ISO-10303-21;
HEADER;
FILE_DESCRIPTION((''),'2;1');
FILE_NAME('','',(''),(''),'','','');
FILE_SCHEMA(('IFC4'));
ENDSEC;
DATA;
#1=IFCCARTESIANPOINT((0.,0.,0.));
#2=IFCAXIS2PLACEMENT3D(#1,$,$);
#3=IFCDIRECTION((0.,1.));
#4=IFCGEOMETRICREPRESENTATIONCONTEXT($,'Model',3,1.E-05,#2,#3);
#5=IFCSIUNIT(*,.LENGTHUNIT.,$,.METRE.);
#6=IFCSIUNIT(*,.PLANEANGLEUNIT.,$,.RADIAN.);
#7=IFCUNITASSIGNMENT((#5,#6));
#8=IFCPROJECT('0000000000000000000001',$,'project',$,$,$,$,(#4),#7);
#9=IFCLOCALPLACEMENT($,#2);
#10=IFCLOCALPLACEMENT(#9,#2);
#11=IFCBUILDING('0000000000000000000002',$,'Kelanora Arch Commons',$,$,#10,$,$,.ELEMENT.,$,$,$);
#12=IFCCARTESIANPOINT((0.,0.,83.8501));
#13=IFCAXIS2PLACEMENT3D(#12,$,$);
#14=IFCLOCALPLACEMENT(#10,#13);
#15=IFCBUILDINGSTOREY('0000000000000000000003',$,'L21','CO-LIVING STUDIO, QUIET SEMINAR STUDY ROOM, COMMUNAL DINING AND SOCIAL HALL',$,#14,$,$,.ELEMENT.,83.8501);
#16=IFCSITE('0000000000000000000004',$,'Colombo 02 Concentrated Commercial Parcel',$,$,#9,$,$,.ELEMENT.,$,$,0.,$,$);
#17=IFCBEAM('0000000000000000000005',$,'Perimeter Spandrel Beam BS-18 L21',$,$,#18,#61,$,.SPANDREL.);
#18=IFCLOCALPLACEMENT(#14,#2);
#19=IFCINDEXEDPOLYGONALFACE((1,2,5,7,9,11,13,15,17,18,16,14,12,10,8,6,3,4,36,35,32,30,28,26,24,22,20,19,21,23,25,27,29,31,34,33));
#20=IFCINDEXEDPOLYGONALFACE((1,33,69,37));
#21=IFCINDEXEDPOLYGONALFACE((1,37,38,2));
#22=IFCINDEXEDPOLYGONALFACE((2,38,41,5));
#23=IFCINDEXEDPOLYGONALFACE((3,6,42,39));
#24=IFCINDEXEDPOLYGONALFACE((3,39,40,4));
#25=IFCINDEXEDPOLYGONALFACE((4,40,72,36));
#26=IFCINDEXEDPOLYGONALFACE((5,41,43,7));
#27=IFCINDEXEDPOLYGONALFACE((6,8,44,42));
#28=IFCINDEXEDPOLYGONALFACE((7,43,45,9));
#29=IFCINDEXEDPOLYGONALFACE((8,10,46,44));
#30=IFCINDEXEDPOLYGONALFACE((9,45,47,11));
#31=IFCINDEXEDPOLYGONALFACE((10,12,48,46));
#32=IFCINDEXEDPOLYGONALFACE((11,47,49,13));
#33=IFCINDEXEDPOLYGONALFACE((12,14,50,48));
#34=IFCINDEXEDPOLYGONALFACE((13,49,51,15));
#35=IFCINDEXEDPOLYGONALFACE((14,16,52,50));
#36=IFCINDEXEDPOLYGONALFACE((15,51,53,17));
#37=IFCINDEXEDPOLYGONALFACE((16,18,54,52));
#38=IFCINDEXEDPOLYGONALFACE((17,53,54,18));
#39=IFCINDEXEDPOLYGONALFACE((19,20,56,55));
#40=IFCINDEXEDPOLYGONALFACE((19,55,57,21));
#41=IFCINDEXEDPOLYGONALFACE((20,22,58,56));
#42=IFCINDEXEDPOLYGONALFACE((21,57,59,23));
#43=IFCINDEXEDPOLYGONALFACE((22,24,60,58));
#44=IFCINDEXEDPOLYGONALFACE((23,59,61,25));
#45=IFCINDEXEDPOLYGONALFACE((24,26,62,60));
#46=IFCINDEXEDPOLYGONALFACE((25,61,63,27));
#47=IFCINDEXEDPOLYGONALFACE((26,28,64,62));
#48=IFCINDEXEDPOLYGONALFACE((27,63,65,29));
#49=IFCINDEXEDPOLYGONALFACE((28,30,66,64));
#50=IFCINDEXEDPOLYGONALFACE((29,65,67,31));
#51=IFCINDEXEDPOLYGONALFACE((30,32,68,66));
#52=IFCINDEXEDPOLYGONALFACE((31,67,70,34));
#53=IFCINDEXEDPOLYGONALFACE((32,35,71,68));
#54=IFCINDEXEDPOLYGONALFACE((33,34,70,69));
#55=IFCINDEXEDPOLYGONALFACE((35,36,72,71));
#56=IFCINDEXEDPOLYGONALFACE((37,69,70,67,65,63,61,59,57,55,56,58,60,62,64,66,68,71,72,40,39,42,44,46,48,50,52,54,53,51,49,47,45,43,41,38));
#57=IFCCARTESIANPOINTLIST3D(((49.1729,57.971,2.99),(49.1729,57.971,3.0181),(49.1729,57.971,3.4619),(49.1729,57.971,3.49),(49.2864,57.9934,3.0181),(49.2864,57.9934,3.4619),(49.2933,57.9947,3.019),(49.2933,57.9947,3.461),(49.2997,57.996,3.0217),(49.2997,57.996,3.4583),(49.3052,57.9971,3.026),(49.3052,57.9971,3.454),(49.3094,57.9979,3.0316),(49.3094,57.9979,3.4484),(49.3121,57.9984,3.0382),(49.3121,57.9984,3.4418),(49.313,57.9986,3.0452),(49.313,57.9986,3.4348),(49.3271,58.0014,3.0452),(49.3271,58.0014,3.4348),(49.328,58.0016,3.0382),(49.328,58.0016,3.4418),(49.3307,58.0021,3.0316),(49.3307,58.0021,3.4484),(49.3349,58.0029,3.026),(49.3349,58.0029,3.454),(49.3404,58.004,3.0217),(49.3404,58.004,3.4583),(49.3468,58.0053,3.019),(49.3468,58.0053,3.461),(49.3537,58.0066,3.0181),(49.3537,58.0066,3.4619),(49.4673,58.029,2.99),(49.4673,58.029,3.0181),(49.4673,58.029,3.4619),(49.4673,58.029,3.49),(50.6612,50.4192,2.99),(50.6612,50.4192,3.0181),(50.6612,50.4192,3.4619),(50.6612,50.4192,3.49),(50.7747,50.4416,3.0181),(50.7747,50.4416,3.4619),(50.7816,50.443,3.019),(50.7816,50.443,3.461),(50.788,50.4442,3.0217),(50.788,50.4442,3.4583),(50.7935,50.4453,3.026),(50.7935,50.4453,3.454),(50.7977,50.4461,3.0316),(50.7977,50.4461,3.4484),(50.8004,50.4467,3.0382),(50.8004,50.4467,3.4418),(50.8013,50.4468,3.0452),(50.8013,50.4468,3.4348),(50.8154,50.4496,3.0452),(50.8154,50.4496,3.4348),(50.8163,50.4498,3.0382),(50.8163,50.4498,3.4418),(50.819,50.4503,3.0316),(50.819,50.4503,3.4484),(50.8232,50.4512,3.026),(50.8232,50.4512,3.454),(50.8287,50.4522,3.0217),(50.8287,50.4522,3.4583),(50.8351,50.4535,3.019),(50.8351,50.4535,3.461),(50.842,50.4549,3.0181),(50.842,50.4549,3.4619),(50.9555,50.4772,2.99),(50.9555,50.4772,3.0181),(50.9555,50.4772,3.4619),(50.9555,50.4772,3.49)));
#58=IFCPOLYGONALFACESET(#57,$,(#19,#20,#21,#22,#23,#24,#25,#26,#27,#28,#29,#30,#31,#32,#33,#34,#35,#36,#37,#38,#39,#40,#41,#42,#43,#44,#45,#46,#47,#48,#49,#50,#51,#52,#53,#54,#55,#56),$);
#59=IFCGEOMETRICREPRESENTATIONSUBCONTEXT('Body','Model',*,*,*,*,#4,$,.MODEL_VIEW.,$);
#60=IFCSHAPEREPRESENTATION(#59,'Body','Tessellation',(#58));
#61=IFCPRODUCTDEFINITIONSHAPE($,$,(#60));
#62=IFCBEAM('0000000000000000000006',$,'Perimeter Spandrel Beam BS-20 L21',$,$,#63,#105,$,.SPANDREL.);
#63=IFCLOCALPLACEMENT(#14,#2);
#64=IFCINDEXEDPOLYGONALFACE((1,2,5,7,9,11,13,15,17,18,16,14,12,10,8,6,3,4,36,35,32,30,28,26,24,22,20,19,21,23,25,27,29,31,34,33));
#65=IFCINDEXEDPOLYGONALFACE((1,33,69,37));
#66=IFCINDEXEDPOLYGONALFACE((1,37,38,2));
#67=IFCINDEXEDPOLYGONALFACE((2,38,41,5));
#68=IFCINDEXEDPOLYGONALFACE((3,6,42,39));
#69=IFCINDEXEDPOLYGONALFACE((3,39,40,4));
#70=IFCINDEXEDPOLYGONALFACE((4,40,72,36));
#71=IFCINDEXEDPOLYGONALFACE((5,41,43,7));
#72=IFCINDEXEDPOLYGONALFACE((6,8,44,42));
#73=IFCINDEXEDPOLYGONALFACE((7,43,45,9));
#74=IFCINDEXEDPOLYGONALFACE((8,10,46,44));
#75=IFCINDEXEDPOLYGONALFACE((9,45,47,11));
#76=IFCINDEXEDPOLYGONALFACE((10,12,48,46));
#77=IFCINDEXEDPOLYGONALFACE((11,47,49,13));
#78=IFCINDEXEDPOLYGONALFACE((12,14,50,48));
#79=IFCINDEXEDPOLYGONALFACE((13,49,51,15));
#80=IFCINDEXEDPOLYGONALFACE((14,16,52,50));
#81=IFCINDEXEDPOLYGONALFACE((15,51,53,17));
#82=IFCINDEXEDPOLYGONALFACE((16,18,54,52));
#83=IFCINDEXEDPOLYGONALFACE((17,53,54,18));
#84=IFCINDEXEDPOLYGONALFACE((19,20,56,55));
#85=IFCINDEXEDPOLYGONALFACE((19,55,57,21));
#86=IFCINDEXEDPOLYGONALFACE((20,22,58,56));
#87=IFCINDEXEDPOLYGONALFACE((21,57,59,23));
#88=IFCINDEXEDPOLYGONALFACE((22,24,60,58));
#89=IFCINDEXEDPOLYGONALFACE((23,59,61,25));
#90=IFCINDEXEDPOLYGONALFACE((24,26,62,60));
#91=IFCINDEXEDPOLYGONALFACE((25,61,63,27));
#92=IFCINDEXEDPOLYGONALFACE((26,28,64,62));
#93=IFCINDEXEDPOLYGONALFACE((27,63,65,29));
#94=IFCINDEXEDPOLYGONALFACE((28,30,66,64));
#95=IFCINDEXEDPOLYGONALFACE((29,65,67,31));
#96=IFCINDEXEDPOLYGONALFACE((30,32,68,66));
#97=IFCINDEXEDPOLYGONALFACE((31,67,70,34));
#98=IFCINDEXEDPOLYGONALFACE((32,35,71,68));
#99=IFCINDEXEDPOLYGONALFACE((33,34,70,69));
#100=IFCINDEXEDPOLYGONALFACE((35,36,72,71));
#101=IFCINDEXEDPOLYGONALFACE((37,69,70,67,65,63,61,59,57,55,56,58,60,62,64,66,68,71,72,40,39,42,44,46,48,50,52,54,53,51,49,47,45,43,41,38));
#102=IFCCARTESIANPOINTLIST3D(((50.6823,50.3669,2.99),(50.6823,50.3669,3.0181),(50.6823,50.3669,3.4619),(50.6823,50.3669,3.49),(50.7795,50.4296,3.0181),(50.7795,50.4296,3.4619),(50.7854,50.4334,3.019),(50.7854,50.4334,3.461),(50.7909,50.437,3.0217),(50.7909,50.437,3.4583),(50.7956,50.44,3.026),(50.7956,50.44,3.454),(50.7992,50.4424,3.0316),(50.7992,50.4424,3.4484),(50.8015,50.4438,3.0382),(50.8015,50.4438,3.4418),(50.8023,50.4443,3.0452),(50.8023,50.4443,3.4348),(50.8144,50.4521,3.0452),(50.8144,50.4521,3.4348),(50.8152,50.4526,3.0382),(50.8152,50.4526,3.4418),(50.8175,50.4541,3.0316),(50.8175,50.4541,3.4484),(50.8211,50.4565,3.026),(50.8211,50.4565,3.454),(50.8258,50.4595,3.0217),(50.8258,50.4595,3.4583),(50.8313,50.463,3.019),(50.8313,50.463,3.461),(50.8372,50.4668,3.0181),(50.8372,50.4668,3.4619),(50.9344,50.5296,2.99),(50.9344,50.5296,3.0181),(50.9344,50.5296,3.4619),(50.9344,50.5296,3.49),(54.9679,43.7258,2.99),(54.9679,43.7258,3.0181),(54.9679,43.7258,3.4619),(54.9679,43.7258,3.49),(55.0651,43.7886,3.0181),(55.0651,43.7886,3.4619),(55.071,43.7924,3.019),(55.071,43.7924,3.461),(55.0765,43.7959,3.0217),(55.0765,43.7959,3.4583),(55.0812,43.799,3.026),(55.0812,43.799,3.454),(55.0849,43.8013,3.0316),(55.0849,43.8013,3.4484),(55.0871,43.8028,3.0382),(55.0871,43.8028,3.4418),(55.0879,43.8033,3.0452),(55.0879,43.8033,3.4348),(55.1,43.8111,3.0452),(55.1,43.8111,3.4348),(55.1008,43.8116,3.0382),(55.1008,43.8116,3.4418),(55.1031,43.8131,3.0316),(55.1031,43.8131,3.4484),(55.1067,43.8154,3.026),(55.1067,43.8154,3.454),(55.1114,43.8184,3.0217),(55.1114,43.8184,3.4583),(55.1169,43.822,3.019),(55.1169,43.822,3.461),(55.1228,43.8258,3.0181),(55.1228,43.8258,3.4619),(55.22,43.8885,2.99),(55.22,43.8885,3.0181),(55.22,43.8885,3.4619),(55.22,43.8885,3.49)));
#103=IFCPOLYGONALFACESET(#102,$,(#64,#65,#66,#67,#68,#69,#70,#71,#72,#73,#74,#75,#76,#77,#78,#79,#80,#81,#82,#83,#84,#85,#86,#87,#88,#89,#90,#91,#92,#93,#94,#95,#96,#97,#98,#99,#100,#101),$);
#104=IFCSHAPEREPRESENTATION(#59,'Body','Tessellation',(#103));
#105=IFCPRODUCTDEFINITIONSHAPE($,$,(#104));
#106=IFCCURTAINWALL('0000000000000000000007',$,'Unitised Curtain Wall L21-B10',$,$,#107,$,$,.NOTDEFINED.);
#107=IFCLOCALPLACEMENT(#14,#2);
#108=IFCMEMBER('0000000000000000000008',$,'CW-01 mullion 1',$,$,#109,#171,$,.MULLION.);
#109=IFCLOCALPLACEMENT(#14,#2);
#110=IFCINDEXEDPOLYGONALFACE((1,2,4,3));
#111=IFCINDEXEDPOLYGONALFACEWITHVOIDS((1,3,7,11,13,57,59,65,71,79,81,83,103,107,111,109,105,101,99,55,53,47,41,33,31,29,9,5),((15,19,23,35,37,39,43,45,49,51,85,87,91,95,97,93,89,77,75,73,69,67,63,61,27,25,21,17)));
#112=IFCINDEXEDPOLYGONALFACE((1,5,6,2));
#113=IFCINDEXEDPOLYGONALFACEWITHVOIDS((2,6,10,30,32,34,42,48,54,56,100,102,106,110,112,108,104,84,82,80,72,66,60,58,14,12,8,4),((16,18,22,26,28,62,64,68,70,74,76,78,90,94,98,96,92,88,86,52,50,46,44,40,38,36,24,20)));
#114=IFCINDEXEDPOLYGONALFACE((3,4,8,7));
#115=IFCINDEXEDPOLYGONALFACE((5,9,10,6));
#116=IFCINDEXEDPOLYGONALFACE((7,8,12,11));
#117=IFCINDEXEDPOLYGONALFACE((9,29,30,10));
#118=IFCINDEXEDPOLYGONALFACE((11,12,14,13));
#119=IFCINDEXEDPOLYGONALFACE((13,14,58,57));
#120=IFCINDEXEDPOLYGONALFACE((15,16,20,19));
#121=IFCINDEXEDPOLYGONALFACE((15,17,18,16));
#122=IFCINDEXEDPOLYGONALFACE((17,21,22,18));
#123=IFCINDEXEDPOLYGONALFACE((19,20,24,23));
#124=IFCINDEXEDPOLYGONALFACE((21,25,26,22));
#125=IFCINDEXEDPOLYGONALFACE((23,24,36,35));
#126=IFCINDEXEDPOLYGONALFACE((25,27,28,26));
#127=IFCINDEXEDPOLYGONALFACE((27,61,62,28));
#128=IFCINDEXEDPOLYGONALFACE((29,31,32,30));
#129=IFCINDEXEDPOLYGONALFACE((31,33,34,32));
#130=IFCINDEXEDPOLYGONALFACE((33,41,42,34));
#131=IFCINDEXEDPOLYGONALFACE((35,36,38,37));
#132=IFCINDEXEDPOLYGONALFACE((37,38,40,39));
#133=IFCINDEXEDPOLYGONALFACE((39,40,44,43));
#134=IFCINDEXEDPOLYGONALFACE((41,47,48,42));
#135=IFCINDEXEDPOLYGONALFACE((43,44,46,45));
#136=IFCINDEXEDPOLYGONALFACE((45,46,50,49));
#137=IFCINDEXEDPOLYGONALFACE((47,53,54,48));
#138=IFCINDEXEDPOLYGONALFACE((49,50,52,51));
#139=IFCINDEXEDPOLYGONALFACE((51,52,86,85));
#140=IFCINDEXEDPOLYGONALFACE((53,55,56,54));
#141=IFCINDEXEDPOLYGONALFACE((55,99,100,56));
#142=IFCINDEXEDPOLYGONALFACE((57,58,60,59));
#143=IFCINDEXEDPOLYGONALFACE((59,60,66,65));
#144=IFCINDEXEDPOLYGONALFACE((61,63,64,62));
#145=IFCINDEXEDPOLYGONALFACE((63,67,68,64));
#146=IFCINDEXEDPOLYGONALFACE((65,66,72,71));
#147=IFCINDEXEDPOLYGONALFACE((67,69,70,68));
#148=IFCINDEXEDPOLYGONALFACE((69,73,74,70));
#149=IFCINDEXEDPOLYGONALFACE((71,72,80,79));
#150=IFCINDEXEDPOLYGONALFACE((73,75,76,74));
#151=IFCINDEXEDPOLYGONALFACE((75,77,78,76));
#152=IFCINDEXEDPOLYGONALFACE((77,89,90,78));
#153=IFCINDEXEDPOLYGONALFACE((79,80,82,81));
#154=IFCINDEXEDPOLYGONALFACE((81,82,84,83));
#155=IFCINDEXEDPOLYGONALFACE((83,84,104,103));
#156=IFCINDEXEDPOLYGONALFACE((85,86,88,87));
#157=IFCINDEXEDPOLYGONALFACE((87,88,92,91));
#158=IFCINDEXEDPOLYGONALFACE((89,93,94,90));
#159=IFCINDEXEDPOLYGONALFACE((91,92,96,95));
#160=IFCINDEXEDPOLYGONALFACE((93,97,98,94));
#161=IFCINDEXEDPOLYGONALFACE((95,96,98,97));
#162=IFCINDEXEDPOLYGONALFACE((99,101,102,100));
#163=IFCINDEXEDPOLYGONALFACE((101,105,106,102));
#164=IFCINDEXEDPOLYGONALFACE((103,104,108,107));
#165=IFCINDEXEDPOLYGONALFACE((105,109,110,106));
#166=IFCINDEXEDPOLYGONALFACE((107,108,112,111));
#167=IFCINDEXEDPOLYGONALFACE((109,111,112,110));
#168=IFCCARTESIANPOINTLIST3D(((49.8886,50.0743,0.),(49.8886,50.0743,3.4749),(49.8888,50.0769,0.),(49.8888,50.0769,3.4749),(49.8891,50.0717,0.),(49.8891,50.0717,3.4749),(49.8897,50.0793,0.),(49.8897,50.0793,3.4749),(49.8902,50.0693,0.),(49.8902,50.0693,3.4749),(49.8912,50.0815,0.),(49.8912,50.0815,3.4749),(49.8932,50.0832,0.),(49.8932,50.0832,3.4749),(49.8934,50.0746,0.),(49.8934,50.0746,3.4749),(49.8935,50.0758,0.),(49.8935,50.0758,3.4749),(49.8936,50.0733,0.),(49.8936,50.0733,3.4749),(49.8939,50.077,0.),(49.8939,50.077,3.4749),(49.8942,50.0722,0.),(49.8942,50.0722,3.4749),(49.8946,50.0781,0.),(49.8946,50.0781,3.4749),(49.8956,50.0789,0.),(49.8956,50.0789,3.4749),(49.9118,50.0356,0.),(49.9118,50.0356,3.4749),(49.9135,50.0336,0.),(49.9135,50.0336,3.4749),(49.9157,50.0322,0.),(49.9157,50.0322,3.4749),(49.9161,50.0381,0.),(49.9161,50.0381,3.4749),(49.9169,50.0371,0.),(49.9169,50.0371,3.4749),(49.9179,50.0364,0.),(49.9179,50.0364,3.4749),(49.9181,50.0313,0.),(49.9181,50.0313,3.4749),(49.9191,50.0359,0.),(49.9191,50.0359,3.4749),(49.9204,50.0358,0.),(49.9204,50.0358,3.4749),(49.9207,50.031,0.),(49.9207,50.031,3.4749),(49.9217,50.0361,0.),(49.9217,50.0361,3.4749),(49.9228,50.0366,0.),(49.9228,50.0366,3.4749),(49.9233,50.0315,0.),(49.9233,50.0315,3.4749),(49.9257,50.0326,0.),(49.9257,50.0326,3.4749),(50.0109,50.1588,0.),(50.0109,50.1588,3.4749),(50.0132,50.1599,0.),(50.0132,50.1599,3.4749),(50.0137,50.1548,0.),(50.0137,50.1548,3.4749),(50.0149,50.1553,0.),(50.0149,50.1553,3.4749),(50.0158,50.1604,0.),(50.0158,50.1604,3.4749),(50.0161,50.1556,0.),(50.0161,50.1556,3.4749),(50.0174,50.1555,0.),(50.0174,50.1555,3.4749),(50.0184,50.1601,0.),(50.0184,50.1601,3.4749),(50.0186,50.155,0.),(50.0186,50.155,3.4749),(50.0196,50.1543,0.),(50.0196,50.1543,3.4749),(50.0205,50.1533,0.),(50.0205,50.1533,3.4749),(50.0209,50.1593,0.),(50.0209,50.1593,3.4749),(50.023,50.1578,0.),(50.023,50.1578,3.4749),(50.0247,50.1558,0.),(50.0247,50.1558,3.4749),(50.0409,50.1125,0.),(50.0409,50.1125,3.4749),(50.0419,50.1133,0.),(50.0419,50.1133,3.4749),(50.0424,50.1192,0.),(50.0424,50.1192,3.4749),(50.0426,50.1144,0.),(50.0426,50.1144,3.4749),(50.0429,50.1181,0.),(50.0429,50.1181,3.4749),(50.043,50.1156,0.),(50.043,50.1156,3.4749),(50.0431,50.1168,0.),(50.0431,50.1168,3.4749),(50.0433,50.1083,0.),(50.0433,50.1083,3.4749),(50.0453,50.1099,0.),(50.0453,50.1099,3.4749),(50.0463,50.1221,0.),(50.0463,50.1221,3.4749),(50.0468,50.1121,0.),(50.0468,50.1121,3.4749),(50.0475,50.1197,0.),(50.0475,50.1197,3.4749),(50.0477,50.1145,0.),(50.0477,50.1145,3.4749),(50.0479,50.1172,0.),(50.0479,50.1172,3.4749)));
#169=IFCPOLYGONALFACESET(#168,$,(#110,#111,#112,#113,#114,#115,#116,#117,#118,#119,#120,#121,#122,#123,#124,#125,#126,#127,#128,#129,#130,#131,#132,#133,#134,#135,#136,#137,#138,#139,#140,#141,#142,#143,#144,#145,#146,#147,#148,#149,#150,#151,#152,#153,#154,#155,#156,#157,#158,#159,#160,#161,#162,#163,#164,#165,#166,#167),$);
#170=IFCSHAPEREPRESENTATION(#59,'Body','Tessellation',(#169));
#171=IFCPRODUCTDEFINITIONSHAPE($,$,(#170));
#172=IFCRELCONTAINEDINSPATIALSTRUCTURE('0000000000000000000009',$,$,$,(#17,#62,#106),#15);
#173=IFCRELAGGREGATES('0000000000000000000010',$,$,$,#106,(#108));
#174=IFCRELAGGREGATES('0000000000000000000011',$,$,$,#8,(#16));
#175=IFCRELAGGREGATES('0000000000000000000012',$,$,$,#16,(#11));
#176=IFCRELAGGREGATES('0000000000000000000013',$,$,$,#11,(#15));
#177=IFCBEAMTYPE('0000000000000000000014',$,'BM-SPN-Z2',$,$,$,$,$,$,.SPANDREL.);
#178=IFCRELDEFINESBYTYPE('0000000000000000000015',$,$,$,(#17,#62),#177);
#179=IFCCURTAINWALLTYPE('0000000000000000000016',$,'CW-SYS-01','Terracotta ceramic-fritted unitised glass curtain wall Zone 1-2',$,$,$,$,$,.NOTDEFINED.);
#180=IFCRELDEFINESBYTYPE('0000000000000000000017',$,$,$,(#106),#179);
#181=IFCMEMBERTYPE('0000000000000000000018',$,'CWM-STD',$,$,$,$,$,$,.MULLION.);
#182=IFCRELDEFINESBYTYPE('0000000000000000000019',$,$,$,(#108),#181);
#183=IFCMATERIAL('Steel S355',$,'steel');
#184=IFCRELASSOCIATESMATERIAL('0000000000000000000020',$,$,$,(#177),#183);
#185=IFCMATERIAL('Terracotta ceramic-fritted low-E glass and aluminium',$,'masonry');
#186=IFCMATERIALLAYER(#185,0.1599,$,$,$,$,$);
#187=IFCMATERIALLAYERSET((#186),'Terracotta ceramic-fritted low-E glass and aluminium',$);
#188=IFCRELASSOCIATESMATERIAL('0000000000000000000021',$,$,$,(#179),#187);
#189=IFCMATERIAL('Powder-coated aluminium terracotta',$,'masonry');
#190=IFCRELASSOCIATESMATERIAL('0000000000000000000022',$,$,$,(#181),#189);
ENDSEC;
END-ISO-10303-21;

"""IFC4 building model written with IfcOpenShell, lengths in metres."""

from ifc_helpers import new_model, si_unit, direction, frame, origin, origin_2d, place, context, subcontext, project, spatial, hollow_rectangle, i_section, extrude, material, layer, layer_set, material_profile, profile_set, type_object, element, aggregate, save


model = new_model("IFC4")

# Units and contexts
model_context = context("Model", 3, precision=1e-05, world=origin(), true_north=direction((0.0, 1.0)))
body_context = subcontext(model_context, "Body", "Model", "MODEL_VIEW")
ifc_project = project(units=[si_unit("LENGTHUNIT", "METRE"), si_unit("PLANEANGLEUNIT", "RADIAN")], contexts=[model_context])

# Site, building, storey
site_placement = place(None, origin())
site = spatial("IfcSite", under=ifc_project, at=site_placement, Name="Colombo 02 Concentrated Commercial Parcel", CompositionType="ELEMENT", RefElevation=0.0)
building_placement = place(site_placement, origin())
building = spatial("IfcBuilding", under=site, at=building_placement, Name="Kelanora Arch Commons", CompositionType="ELEMENT")
storey_placement = place(building_placement, frame((0.0, 0.0, 83.8501)))
storey = spatial("IfcBuildingStorey", under=building, at=storey_placement, Name="L21", Description="CO-LIVING STUDIO, QUIET SEMINAR STUDY ROOM, COMMUNAL DINING AND SOCIAL HALL", CompositionType="ELEMENT", Elevation=83.8501)

# Beams
ifc_material_1 = material(Name="Steel S355", Category="steel")
ifc_material_profile_1 = material_profile(ifc_material_1, i_section(OverallWidth=0.3, OverallDepth=0.5, WebThickness=0.0144, FlangeThickness=0.0281, FilletRadius=0.0271, at=origin_2d()), Name="HEB500")
ifc_profile_set_1 = profile_set([ifc_material_profile_1], Name="Steel S355")
beam_type_1 = type_object("IfcBeamType", Name="BM-SPN-Z2", PredefinedType="SPANDREL", material=ifc_profile_set_1)
beam_1_placement = place(storey_placement, frame((49.3201, 58.0, 3.24), z_axis=(0.193358, -0.981128, 0.0), x_axis=(0.981128, 0.193358, 0.0)))
element("IfcBeam", 1, at=beam_1_placement, inside=storey, type_object=beam_type_1, Name="Perimeter Spandrel Beam BS-18 L21", PredefinedType="SPANDREL", context=body_context, shape_type="SweptSolid", body=[
    extrude(i_section(OverallWidth=0.3, OverallDepth=0.5, WebThickness=0.0144, FlangeThickness=0.0281, FilletRadius=0.0271, at=origin_2d()), origin(), (0.0, 0.0, 1.0), 7.697),
])
beam_2_placement = place(storey_placement, frame((50.8083, 50.4482, 3.24), z_axis=(0.542221, -0.840236, 0.0), x_axis=(0.840236, 0.542221, 0.0)))
element("IfcBeam", 2, at=beam_2_placement, inside=storey, type_object=beam_type_1, Name="Perimeter Spandrel Beam BS-20 L21", PredefinedType="SPANDREL", context=body_context, shape_type="SweptSolid", body=[
    extrude(i_section(OverallWidth=0.3, OverallDepth=0.5, WebThickness=0.0144, FlangeThickness=0.0281, FilletRadius=0.0271, at=origin_2d()), origin(), (0.0, 0.0, 1.0), 7.9038),
])

# Curtain wall, member
ifc_material_2 = material(Name="Terracotta ceramic-fritted low-E glass and aluminium", Category="masonry")
ifc_layer_1 = layer(ifc_material_2, 0.1599)
ifc_layer_set_1 = layer_set([ifc_layer_1], Name="Terracotta ceramic-fritted low-E glass and aluminium")
curtain_wall_type = type_object("IfcCurtainWallType", Name="CW-SYS-01", Description="Terracotta ceramic-fritted unitised glass curtain wall Zone 1-2", PredefinedType="NOTDEFINED", material=ifc_layer_set_1)
curtain_wall_placement = place(storey_placement, origin())
curtain_wall = element("IfcCurtainWall", 3, at=curtain_wall_placement, inside=storey, type_object=curtain_wall_type, Name="Unitised Curtain Wall L21-B10", PredefinedType="NOTDEFINED")
ifc_material_3 = material(Name="Powder-coated aluminium terracotta", Category="masonry")
ifc_material_profile_2 = material_profile(ifc_material_3, hollow_rectangle(XDim=0.1599, YDim=0.0601, WallThickness=0.0049, InnerFilletRadius=0.0049, OuterFilletRadius=0.01, at=origin_2d()), Name="CWM160x60")
ifc_profile_set_2 = profile_set([ifc_material_profile_2], Name="Powder-coated aluminium terracotta")
member_type_1 = type_object("IfcMemberType", Name="CWM-STD", PredefinedType="MULLION", material=ifc_profile_set_2)
member_1_placement = place(storey_placement, frame((49.9683, 50.0957, 0.0), z_axis=(0.0, 0.0, 1.0), x_axis=(0.841269, 0.540617, 0.0)))
member_1 = element("IfcMember", 4, at=member_1_placement, type_object=member_type_1, Name="CW-01 mullion 1", PredefinedType="MULLION", context=body_context, shape_type="SweptSolid", body=[
    extrude(hollow_rectangle(XDim=0.1599, YDim=0.0601, WallThickness=0.0049, InnerFilletRadius=0.0049, OuterFilletRadius=0.01, at=origin_2d()), origin(), (0.0, 0.0, 1.0), 3.4749),
])

aggregate(curtain_wall, [member_1])

save(model, "model.ifc")
